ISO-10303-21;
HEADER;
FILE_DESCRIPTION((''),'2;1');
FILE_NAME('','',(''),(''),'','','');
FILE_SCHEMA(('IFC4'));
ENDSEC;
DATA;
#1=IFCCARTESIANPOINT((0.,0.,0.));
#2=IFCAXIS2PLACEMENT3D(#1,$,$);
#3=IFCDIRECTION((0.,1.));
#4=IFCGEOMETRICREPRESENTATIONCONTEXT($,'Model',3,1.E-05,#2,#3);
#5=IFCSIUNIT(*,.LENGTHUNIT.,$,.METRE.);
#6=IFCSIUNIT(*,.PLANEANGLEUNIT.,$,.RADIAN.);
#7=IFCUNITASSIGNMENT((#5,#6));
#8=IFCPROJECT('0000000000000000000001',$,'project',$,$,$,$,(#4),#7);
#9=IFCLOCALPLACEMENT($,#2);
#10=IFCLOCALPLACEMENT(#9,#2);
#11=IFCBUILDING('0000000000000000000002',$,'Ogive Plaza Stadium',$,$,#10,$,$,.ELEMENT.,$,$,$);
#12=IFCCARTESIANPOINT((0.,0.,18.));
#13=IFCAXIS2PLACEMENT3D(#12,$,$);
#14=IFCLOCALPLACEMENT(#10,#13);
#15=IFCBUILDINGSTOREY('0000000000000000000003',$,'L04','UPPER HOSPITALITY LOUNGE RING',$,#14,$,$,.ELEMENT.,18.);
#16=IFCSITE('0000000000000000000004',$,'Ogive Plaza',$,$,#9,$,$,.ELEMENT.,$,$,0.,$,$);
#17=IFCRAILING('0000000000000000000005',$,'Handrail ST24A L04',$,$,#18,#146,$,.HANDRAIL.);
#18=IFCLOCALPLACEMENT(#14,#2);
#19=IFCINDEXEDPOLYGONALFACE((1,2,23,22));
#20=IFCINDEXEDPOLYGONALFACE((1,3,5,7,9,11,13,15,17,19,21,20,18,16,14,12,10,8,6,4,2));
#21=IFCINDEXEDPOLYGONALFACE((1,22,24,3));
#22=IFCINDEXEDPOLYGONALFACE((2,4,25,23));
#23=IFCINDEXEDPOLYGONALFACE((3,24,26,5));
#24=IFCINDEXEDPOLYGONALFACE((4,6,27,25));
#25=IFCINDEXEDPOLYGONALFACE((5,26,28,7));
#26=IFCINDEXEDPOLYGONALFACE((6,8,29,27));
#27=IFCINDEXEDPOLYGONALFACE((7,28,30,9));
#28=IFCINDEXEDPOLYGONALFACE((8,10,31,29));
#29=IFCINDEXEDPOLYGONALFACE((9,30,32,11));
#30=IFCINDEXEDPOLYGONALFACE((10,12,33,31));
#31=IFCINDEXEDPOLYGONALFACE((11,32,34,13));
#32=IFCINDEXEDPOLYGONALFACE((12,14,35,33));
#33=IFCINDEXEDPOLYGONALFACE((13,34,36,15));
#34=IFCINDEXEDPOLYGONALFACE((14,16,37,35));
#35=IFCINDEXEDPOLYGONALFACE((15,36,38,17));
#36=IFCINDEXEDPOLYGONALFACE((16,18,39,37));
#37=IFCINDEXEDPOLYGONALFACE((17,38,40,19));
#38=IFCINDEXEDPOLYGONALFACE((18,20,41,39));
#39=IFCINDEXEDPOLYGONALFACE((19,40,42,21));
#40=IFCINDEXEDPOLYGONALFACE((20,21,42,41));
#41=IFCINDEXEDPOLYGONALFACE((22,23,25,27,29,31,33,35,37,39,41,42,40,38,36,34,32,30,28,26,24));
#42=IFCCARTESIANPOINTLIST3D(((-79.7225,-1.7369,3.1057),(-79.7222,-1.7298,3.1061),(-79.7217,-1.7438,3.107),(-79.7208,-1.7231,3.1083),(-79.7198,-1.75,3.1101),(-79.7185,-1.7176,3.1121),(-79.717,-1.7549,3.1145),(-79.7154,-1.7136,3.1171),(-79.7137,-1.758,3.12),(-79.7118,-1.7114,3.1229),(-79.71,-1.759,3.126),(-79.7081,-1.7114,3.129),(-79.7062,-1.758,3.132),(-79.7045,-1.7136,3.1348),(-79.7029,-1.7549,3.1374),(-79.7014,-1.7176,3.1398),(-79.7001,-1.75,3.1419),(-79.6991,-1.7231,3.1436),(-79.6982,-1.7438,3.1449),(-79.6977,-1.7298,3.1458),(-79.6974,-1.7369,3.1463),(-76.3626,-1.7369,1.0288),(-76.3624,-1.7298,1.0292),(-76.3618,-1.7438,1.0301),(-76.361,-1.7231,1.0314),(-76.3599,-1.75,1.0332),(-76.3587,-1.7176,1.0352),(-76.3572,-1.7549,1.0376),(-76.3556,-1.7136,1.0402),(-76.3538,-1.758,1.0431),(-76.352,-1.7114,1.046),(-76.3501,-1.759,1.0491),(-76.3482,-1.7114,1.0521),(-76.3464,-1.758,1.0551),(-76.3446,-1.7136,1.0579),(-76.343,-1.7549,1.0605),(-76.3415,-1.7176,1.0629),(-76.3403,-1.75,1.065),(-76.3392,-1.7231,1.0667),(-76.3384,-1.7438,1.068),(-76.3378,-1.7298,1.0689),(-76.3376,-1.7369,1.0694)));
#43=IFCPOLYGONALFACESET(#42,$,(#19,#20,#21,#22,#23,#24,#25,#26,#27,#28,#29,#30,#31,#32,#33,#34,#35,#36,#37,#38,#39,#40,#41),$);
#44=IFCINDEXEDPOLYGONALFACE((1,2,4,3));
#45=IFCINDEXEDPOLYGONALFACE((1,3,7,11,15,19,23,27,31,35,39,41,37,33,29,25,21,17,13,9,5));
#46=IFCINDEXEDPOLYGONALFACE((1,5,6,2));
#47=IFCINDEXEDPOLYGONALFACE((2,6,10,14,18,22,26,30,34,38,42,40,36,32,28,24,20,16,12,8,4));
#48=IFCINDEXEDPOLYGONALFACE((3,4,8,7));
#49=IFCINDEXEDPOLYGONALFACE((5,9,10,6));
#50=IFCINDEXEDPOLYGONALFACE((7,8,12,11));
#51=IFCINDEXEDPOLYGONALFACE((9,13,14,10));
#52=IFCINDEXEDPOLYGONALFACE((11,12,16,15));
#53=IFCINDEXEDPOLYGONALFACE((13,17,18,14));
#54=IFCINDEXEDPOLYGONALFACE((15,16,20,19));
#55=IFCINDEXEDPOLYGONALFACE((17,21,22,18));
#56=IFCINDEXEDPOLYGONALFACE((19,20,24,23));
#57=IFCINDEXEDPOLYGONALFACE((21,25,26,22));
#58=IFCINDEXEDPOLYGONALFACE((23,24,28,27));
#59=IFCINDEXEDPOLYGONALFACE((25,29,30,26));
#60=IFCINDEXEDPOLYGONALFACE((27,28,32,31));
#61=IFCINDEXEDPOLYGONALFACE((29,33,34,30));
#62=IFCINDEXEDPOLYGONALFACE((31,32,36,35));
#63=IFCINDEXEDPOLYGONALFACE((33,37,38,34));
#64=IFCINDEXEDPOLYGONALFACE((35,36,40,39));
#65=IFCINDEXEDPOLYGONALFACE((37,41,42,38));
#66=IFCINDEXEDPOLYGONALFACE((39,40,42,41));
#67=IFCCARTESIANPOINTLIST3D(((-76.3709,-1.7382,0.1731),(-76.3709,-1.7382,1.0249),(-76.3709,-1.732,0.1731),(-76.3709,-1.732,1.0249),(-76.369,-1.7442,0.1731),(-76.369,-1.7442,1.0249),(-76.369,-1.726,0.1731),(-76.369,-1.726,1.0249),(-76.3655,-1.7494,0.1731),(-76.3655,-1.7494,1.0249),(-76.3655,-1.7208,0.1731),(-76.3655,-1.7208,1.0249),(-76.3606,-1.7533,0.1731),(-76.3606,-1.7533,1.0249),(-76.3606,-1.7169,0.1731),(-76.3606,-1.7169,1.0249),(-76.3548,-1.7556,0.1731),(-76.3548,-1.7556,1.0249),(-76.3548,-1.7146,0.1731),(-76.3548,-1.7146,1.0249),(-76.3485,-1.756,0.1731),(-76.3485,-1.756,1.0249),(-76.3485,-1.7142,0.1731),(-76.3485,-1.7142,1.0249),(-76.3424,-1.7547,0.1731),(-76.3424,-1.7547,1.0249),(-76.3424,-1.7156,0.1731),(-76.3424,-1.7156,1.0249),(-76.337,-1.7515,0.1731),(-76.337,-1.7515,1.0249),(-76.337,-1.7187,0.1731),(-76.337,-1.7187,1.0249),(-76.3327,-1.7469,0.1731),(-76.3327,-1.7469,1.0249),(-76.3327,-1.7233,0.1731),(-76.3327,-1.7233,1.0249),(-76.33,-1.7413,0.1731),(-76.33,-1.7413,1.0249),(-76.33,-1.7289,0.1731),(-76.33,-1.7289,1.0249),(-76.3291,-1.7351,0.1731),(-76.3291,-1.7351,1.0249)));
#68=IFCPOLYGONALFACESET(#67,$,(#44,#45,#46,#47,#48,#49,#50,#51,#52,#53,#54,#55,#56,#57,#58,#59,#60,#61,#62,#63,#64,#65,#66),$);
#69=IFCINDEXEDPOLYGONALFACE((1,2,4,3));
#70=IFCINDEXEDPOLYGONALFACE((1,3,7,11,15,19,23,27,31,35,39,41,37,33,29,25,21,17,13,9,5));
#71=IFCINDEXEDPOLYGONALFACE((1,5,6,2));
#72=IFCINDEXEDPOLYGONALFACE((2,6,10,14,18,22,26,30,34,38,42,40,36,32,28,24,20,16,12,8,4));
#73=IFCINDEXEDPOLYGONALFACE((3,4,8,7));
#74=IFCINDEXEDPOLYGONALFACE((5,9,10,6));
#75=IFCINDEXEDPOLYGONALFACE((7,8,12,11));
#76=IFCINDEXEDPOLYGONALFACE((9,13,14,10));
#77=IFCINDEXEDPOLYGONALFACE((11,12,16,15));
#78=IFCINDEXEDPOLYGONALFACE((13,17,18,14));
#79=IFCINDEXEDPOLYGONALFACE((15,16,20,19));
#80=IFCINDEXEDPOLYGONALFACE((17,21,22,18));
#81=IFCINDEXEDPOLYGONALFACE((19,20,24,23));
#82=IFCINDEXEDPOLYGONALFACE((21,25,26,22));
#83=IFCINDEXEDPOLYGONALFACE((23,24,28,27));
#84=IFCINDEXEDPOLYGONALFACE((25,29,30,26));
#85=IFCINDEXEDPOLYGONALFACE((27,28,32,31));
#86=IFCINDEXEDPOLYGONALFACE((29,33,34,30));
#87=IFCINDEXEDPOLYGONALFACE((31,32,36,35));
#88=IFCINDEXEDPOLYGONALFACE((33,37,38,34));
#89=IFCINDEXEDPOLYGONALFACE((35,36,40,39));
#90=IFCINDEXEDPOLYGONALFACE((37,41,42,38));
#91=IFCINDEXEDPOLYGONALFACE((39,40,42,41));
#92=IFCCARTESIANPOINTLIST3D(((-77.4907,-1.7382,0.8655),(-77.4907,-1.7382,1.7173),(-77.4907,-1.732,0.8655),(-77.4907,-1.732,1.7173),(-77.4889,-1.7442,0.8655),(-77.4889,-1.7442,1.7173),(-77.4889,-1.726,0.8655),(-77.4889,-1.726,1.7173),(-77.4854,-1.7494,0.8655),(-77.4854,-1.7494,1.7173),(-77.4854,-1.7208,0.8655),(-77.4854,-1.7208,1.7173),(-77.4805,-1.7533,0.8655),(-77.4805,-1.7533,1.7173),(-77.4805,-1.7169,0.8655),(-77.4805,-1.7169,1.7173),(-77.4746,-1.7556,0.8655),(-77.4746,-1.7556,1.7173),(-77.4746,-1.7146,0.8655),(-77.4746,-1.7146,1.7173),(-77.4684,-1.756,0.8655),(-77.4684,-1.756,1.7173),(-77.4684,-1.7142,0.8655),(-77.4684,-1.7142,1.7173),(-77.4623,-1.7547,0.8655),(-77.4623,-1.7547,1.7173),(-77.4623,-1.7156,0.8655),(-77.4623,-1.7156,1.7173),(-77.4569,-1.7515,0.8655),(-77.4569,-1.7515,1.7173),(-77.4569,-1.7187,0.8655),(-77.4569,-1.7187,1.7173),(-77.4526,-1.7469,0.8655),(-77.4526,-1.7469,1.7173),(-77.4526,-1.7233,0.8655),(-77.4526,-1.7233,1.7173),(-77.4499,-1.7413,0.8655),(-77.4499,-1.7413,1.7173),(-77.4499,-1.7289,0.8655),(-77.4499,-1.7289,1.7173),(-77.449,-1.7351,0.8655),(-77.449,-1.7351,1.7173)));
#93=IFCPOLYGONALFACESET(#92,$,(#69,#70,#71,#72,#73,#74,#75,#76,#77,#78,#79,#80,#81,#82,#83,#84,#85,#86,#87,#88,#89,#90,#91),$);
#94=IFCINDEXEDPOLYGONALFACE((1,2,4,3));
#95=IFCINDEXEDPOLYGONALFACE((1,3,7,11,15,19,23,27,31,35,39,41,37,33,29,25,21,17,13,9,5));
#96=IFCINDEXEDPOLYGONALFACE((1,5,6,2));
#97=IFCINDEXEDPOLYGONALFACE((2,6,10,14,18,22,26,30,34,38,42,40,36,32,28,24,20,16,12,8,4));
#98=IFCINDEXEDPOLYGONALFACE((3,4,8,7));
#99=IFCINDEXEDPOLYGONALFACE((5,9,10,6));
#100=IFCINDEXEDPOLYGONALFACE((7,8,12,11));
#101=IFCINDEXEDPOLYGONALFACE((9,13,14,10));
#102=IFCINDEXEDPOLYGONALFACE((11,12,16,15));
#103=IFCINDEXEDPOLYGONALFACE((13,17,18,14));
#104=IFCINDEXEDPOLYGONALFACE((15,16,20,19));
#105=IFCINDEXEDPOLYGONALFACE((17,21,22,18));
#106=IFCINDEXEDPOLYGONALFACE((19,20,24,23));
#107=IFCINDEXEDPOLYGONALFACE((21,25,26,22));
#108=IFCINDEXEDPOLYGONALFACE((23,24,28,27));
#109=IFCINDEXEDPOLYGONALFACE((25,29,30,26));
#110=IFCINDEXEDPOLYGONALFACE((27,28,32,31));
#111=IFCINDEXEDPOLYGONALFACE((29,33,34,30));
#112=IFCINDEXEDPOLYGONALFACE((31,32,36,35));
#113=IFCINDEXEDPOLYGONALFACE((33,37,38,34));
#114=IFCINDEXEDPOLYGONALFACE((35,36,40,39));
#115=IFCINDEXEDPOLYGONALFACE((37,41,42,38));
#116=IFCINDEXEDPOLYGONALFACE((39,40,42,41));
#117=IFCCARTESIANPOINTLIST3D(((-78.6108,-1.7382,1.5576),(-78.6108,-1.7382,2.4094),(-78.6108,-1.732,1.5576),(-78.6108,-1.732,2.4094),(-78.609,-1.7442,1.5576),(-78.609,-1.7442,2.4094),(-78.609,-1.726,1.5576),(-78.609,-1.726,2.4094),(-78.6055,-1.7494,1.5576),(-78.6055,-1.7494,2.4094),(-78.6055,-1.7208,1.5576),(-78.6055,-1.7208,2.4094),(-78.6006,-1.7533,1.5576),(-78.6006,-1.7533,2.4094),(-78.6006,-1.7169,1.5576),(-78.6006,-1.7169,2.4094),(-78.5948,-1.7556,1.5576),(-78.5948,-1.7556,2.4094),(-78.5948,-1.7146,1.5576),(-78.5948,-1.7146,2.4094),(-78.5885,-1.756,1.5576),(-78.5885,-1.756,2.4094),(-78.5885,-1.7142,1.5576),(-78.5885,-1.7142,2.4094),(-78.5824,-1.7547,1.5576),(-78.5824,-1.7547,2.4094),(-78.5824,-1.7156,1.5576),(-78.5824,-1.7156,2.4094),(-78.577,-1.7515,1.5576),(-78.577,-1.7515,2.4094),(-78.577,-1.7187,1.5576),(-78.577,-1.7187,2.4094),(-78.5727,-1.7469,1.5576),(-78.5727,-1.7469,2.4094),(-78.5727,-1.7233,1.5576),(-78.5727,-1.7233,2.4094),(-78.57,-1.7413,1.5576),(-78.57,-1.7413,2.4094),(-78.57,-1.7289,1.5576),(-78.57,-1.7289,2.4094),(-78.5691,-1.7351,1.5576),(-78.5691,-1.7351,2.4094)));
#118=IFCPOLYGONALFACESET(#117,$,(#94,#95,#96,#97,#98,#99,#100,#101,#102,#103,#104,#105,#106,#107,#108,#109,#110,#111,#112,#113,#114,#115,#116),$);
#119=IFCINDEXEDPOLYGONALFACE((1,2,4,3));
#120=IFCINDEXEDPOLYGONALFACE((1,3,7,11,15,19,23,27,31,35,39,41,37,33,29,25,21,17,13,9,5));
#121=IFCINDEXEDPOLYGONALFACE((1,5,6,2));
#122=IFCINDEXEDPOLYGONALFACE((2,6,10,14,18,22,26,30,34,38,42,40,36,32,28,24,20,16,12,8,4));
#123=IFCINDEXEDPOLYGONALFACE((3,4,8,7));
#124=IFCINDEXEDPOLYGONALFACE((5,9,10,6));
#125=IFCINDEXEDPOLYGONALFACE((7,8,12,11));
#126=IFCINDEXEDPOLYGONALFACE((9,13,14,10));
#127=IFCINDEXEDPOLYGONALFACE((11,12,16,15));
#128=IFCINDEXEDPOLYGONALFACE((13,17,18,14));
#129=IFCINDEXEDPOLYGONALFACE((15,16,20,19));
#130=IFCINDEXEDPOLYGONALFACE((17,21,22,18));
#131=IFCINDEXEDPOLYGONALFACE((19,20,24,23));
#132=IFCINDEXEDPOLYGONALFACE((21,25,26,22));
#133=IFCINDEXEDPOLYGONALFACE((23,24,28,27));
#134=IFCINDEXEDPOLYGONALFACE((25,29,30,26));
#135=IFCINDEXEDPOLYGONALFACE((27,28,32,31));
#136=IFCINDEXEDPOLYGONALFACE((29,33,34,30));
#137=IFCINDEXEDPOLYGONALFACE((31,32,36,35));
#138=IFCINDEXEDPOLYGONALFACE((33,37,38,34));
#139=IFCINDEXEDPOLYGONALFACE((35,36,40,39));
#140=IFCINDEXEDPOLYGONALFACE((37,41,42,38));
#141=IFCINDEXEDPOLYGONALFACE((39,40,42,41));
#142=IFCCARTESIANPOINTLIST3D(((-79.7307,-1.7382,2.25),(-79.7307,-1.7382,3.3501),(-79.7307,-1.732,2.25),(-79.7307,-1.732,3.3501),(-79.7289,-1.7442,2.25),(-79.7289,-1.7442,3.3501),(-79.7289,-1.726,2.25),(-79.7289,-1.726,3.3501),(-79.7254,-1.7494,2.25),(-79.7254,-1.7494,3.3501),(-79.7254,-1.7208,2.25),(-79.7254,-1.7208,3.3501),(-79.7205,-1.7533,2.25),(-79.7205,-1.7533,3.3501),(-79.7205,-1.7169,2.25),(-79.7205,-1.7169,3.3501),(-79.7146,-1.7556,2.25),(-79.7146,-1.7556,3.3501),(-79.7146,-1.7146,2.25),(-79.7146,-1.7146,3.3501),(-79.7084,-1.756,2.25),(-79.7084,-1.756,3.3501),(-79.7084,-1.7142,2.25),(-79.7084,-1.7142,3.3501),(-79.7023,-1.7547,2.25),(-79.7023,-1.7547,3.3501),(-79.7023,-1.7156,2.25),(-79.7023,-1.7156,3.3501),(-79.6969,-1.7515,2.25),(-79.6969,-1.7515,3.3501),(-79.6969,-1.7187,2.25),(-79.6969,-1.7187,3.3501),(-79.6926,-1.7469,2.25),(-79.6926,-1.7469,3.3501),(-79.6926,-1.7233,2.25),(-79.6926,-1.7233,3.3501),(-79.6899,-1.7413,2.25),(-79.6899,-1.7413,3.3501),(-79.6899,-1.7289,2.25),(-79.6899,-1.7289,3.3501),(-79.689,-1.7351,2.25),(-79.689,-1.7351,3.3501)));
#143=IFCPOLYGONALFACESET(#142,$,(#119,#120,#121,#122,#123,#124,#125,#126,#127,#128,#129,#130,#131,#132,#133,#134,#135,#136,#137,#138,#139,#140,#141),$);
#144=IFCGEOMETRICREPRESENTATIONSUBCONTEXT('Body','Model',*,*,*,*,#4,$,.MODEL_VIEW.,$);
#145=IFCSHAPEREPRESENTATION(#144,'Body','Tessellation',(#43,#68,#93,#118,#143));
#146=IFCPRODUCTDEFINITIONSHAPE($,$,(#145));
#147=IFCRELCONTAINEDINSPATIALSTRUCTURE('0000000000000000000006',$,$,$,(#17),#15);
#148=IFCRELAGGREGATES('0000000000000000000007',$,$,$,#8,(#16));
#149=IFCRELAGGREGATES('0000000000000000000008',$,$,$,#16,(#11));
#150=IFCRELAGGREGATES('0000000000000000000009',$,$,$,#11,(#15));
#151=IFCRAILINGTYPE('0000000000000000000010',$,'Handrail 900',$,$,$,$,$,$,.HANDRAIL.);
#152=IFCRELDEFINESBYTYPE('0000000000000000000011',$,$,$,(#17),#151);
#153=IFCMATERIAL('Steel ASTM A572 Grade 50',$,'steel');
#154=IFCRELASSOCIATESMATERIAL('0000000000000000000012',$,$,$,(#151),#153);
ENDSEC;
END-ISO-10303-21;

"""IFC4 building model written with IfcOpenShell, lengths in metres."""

from ifc_helpers import new_model, si_unit, direction, frame, origin, origin_2d, place, context, subcontext, project, spatial, circle, extrude, material, type_object, element, save


model = new_model("IFC4")

# Units and contexts
model_context = context("Model", 3, precision=1e-05, world=origin(), true_north=direction((0.0, 1.0)))
body_context = subcontext(model_context, "Body", "Model", "MODEL_VIEW")
ifc_project = project(units=[si_unit("LENGTHUNIT", "METRE"), si_unit("PLANEANGLEUNIT", "RADIAN")], contexts=[model_context])

# Site, building, storey
site_placement = place(None, origin())
site = spatial("IfcSite", under=ifc_project, at=site_placement, Name="Ogive Plaza", CompositionType="ELEMENT", RefElevation=0.0)
building_placement = place(site_placement, origin())
building = spatial("IfcBuilding", under=site, at=building_placement, Name="Ogive Plaza Stadium", CompositionType="ELEMENT")
storey_placement = place(building_placement, frame((0.0, 0.0, 18.0)))
storey = spatial("IfcBuildingStorey", under=building, at=storey_placement, Name="L04", Description="UPPER HOSPITALITY LOUNGE RING", CompositionType="ELEMENT", Elevation=18.0)

# Railing
ifc_material_1 = material(Name="Steel ASTM A572 Grade 50", Category="steel")
railing_type_1 = type_object("IfcRailingType", Name="Handrail 900", PredefinedType="HANDRAIL", material=ifc_material_1)
for number, where, name in (
    (1, (-76.3501, -1.7351, 0.1731), "Handrail ST24A L04"),
):
    element("IfcRailing", number, at=place(storey_placement, frame(where)), inside=storey, type_object=railing_type_1, Name=name, PredefinedType="HANDRAIL", context=body_context, shape_type="SweptSolid", body=[
        extrude(circle(Radius=0.0239, at=origin_2d()), frame((0.0, 0.0, 0.876), z_axis=(-0.850606, 0.0, 0.525803), x_axis=(0.0, -1.0, 0.0)), (0.0, 0.0, 1.0), 3.95),
        extrude(circle(Radius=0.021, at=origin_2d()), origin(), (0.0, 0.0, 1.0), 0.8518),
        extrude(circle(Radius=0.021, at=origin_2d()), frame((-1.1199, 0.0, 0.6924)), (0.0, 0.0, 1.0), 0.8518),
        extrude(circle(Radius=0.021, at=origin_2d()), frame((-2.24, 0.0, 1.3845)), (0.0, 0.0, 1.0), 0.8518),
        extrude(circle(Radius=0.021, at=origin_2d()), frame((-3.3599, 0.0, 2.0769)), (0.0, 0.0, 1.0), 1.1001),
    ])

save(model, "model.ifc")
